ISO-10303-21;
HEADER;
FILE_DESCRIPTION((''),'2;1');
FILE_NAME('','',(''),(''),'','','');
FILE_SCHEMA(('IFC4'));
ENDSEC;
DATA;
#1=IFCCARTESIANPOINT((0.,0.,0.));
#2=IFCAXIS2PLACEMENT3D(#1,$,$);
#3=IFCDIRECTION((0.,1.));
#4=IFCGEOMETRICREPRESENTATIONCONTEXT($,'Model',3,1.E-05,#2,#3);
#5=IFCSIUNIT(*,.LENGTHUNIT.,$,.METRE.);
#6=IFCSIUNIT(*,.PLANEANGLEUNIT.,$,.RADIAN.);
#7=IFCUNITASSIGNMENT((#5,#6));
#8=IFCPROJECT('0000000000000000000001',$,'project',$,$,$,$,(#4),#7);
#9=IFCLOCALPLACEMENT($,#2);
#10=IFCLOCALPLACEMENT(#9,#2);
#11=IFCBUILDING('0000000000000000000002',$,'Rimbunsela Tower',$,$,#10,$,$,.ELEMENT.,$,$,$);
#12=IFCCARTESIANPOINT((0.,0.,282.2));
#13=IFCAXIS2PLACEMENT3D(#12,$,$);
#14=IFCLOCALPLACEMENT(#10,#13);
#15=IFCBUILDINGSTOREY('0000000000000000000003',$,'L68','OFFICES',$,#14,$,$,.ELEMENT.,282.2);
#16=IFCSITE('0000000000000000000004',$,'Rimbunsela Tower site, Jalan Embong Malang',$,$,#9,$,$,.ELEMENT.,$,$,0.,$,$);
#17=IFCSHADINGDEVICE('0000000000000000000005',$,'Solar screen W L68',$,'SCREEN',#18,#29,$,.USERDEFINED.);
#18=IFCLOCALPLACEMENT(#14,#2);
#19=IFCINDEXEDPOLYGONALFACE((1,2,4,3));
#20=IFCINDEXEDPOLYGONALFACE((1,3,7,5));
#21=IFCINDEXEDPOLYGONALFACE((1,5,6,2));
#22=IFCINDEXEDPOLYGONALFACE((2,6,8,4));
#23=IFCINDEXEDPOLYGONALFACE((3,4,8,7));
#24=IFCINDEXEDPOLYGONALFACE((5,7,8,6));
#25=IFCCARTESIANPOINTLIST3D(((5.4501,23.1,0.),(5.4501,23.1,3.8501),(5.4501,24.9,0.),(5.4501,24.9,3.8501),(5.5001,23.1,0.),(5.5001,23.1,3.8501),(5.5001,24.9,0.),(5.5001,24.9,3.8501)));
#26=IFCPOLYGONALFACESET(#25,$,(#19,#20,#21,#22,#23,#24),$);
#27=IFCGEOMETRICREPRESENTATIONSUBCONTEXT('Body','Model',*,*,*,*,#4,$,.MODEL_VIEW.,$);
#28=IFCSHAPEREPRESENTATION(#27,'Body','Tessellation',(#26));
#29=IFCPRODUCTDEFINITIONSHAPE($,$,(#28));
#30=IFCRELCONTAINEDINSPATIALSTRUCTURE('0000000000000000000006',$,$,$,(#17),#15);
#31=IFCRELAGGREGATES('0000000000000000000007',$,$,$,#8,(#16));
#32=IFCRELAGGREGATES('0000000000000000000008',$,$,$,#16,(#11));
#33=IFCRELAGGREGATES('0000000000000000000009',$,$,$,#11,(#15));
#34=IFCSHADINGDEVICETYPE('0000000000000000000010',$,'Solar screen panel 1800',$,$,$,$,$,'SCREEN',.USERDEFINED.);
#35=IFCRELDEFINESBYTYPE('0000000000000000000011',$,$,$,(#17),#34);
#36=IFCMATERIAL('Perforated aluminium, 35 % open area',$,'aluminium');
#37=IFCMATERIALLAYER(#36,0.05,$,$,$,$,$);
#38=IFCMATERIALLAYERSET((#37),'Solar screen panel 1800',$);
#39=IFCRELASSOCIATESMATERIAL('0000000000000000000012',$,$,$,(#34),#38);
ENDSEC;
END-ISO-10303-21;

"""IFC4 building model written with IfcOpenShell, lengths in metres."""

from ifc_helpers import new_model, si_unit, direction, frame, origin, origin_2d, place, context, subcontext, project, spatial, rectangle, extrude, material, layer, layer_set, type_object, element, save


model = new_model("IFC4")

# Units and contexts
model_context = context("Model", 3, precision=1e-05, world=origin(), true_north=direction((0.0, 1.0)))
body_context = subcontext(model_context, "Body", "Model", "MODEL_VIEW")
ifc_project = project(units=[si_unit("LENGTHUNIT", "METRE"), si_unit("PLANEANGLEUNIT", "RADIAN")], contexts=[model_context])

# Site, building, storey
site_placement = place(None, origin())
site = spatial("IfcSite", under=ifc_project, at=site_placement, Name="Rimbunsela Tower site, Jalan Embong Malang", CompositionType="ELEMENT", RefElevation=0.0)
building_placement = place(site_placement, origin())
building = spatial("IfcBuilding", under=site, at=building_placement, Name="Rimbunsela Tower", CompositionType="ELEMENT")
storey_placement = place(building_placement, frame((0.0, 0.0, 282.2)))
storey = spatial("IfcBuildingStorey", under=building, at=storey_placement, Name="L68", Description="OFFICES", CompositionType="ELEMENT", Elevation=282.2)

# Shading device
ifc_material_1 = material(Name="Perforated aluminium, 35 % open area", Category="aluminium")
ifc_layer_1 = layer(ifc_material_1, 0.05)
ifc_layer_set_1 = layer_set([ifc_layer_1], Name="Solar screen panel 1800")
shading_device_type = type_object("IfcShadingDeviceType", Name="Solar screen panel 1800", ElementType="SCREEN", PredefinedType="USERDEFINED", material=ifc_layer_set_1)
for number, where, z_axis, x_axis, name in (
    (1, (5.4751, 24.0, 0.0), (0.0, 0.0, 1.0), (0.0, 1.0, 0.0), "Solar screen W L68"),
):
    element("IfcShadingDevice", number, at=place(storey_placement, frame(where, z_axis=z_axis, x_axis=x_axis)), inside=storey, type_object=shading_device_type, Name=name, ObjectType="SCREEN", PredefinedType="USERDEFINED", context=body_context, shape_type="SweptSolid", body=[
        extrude(rectangle(XDim=1.8, YDim=0.05, at=origin_2d()), origin(), (0.0, 0.0, 1.0), 3.8501),
    ])

save(model, "model.ifc")
